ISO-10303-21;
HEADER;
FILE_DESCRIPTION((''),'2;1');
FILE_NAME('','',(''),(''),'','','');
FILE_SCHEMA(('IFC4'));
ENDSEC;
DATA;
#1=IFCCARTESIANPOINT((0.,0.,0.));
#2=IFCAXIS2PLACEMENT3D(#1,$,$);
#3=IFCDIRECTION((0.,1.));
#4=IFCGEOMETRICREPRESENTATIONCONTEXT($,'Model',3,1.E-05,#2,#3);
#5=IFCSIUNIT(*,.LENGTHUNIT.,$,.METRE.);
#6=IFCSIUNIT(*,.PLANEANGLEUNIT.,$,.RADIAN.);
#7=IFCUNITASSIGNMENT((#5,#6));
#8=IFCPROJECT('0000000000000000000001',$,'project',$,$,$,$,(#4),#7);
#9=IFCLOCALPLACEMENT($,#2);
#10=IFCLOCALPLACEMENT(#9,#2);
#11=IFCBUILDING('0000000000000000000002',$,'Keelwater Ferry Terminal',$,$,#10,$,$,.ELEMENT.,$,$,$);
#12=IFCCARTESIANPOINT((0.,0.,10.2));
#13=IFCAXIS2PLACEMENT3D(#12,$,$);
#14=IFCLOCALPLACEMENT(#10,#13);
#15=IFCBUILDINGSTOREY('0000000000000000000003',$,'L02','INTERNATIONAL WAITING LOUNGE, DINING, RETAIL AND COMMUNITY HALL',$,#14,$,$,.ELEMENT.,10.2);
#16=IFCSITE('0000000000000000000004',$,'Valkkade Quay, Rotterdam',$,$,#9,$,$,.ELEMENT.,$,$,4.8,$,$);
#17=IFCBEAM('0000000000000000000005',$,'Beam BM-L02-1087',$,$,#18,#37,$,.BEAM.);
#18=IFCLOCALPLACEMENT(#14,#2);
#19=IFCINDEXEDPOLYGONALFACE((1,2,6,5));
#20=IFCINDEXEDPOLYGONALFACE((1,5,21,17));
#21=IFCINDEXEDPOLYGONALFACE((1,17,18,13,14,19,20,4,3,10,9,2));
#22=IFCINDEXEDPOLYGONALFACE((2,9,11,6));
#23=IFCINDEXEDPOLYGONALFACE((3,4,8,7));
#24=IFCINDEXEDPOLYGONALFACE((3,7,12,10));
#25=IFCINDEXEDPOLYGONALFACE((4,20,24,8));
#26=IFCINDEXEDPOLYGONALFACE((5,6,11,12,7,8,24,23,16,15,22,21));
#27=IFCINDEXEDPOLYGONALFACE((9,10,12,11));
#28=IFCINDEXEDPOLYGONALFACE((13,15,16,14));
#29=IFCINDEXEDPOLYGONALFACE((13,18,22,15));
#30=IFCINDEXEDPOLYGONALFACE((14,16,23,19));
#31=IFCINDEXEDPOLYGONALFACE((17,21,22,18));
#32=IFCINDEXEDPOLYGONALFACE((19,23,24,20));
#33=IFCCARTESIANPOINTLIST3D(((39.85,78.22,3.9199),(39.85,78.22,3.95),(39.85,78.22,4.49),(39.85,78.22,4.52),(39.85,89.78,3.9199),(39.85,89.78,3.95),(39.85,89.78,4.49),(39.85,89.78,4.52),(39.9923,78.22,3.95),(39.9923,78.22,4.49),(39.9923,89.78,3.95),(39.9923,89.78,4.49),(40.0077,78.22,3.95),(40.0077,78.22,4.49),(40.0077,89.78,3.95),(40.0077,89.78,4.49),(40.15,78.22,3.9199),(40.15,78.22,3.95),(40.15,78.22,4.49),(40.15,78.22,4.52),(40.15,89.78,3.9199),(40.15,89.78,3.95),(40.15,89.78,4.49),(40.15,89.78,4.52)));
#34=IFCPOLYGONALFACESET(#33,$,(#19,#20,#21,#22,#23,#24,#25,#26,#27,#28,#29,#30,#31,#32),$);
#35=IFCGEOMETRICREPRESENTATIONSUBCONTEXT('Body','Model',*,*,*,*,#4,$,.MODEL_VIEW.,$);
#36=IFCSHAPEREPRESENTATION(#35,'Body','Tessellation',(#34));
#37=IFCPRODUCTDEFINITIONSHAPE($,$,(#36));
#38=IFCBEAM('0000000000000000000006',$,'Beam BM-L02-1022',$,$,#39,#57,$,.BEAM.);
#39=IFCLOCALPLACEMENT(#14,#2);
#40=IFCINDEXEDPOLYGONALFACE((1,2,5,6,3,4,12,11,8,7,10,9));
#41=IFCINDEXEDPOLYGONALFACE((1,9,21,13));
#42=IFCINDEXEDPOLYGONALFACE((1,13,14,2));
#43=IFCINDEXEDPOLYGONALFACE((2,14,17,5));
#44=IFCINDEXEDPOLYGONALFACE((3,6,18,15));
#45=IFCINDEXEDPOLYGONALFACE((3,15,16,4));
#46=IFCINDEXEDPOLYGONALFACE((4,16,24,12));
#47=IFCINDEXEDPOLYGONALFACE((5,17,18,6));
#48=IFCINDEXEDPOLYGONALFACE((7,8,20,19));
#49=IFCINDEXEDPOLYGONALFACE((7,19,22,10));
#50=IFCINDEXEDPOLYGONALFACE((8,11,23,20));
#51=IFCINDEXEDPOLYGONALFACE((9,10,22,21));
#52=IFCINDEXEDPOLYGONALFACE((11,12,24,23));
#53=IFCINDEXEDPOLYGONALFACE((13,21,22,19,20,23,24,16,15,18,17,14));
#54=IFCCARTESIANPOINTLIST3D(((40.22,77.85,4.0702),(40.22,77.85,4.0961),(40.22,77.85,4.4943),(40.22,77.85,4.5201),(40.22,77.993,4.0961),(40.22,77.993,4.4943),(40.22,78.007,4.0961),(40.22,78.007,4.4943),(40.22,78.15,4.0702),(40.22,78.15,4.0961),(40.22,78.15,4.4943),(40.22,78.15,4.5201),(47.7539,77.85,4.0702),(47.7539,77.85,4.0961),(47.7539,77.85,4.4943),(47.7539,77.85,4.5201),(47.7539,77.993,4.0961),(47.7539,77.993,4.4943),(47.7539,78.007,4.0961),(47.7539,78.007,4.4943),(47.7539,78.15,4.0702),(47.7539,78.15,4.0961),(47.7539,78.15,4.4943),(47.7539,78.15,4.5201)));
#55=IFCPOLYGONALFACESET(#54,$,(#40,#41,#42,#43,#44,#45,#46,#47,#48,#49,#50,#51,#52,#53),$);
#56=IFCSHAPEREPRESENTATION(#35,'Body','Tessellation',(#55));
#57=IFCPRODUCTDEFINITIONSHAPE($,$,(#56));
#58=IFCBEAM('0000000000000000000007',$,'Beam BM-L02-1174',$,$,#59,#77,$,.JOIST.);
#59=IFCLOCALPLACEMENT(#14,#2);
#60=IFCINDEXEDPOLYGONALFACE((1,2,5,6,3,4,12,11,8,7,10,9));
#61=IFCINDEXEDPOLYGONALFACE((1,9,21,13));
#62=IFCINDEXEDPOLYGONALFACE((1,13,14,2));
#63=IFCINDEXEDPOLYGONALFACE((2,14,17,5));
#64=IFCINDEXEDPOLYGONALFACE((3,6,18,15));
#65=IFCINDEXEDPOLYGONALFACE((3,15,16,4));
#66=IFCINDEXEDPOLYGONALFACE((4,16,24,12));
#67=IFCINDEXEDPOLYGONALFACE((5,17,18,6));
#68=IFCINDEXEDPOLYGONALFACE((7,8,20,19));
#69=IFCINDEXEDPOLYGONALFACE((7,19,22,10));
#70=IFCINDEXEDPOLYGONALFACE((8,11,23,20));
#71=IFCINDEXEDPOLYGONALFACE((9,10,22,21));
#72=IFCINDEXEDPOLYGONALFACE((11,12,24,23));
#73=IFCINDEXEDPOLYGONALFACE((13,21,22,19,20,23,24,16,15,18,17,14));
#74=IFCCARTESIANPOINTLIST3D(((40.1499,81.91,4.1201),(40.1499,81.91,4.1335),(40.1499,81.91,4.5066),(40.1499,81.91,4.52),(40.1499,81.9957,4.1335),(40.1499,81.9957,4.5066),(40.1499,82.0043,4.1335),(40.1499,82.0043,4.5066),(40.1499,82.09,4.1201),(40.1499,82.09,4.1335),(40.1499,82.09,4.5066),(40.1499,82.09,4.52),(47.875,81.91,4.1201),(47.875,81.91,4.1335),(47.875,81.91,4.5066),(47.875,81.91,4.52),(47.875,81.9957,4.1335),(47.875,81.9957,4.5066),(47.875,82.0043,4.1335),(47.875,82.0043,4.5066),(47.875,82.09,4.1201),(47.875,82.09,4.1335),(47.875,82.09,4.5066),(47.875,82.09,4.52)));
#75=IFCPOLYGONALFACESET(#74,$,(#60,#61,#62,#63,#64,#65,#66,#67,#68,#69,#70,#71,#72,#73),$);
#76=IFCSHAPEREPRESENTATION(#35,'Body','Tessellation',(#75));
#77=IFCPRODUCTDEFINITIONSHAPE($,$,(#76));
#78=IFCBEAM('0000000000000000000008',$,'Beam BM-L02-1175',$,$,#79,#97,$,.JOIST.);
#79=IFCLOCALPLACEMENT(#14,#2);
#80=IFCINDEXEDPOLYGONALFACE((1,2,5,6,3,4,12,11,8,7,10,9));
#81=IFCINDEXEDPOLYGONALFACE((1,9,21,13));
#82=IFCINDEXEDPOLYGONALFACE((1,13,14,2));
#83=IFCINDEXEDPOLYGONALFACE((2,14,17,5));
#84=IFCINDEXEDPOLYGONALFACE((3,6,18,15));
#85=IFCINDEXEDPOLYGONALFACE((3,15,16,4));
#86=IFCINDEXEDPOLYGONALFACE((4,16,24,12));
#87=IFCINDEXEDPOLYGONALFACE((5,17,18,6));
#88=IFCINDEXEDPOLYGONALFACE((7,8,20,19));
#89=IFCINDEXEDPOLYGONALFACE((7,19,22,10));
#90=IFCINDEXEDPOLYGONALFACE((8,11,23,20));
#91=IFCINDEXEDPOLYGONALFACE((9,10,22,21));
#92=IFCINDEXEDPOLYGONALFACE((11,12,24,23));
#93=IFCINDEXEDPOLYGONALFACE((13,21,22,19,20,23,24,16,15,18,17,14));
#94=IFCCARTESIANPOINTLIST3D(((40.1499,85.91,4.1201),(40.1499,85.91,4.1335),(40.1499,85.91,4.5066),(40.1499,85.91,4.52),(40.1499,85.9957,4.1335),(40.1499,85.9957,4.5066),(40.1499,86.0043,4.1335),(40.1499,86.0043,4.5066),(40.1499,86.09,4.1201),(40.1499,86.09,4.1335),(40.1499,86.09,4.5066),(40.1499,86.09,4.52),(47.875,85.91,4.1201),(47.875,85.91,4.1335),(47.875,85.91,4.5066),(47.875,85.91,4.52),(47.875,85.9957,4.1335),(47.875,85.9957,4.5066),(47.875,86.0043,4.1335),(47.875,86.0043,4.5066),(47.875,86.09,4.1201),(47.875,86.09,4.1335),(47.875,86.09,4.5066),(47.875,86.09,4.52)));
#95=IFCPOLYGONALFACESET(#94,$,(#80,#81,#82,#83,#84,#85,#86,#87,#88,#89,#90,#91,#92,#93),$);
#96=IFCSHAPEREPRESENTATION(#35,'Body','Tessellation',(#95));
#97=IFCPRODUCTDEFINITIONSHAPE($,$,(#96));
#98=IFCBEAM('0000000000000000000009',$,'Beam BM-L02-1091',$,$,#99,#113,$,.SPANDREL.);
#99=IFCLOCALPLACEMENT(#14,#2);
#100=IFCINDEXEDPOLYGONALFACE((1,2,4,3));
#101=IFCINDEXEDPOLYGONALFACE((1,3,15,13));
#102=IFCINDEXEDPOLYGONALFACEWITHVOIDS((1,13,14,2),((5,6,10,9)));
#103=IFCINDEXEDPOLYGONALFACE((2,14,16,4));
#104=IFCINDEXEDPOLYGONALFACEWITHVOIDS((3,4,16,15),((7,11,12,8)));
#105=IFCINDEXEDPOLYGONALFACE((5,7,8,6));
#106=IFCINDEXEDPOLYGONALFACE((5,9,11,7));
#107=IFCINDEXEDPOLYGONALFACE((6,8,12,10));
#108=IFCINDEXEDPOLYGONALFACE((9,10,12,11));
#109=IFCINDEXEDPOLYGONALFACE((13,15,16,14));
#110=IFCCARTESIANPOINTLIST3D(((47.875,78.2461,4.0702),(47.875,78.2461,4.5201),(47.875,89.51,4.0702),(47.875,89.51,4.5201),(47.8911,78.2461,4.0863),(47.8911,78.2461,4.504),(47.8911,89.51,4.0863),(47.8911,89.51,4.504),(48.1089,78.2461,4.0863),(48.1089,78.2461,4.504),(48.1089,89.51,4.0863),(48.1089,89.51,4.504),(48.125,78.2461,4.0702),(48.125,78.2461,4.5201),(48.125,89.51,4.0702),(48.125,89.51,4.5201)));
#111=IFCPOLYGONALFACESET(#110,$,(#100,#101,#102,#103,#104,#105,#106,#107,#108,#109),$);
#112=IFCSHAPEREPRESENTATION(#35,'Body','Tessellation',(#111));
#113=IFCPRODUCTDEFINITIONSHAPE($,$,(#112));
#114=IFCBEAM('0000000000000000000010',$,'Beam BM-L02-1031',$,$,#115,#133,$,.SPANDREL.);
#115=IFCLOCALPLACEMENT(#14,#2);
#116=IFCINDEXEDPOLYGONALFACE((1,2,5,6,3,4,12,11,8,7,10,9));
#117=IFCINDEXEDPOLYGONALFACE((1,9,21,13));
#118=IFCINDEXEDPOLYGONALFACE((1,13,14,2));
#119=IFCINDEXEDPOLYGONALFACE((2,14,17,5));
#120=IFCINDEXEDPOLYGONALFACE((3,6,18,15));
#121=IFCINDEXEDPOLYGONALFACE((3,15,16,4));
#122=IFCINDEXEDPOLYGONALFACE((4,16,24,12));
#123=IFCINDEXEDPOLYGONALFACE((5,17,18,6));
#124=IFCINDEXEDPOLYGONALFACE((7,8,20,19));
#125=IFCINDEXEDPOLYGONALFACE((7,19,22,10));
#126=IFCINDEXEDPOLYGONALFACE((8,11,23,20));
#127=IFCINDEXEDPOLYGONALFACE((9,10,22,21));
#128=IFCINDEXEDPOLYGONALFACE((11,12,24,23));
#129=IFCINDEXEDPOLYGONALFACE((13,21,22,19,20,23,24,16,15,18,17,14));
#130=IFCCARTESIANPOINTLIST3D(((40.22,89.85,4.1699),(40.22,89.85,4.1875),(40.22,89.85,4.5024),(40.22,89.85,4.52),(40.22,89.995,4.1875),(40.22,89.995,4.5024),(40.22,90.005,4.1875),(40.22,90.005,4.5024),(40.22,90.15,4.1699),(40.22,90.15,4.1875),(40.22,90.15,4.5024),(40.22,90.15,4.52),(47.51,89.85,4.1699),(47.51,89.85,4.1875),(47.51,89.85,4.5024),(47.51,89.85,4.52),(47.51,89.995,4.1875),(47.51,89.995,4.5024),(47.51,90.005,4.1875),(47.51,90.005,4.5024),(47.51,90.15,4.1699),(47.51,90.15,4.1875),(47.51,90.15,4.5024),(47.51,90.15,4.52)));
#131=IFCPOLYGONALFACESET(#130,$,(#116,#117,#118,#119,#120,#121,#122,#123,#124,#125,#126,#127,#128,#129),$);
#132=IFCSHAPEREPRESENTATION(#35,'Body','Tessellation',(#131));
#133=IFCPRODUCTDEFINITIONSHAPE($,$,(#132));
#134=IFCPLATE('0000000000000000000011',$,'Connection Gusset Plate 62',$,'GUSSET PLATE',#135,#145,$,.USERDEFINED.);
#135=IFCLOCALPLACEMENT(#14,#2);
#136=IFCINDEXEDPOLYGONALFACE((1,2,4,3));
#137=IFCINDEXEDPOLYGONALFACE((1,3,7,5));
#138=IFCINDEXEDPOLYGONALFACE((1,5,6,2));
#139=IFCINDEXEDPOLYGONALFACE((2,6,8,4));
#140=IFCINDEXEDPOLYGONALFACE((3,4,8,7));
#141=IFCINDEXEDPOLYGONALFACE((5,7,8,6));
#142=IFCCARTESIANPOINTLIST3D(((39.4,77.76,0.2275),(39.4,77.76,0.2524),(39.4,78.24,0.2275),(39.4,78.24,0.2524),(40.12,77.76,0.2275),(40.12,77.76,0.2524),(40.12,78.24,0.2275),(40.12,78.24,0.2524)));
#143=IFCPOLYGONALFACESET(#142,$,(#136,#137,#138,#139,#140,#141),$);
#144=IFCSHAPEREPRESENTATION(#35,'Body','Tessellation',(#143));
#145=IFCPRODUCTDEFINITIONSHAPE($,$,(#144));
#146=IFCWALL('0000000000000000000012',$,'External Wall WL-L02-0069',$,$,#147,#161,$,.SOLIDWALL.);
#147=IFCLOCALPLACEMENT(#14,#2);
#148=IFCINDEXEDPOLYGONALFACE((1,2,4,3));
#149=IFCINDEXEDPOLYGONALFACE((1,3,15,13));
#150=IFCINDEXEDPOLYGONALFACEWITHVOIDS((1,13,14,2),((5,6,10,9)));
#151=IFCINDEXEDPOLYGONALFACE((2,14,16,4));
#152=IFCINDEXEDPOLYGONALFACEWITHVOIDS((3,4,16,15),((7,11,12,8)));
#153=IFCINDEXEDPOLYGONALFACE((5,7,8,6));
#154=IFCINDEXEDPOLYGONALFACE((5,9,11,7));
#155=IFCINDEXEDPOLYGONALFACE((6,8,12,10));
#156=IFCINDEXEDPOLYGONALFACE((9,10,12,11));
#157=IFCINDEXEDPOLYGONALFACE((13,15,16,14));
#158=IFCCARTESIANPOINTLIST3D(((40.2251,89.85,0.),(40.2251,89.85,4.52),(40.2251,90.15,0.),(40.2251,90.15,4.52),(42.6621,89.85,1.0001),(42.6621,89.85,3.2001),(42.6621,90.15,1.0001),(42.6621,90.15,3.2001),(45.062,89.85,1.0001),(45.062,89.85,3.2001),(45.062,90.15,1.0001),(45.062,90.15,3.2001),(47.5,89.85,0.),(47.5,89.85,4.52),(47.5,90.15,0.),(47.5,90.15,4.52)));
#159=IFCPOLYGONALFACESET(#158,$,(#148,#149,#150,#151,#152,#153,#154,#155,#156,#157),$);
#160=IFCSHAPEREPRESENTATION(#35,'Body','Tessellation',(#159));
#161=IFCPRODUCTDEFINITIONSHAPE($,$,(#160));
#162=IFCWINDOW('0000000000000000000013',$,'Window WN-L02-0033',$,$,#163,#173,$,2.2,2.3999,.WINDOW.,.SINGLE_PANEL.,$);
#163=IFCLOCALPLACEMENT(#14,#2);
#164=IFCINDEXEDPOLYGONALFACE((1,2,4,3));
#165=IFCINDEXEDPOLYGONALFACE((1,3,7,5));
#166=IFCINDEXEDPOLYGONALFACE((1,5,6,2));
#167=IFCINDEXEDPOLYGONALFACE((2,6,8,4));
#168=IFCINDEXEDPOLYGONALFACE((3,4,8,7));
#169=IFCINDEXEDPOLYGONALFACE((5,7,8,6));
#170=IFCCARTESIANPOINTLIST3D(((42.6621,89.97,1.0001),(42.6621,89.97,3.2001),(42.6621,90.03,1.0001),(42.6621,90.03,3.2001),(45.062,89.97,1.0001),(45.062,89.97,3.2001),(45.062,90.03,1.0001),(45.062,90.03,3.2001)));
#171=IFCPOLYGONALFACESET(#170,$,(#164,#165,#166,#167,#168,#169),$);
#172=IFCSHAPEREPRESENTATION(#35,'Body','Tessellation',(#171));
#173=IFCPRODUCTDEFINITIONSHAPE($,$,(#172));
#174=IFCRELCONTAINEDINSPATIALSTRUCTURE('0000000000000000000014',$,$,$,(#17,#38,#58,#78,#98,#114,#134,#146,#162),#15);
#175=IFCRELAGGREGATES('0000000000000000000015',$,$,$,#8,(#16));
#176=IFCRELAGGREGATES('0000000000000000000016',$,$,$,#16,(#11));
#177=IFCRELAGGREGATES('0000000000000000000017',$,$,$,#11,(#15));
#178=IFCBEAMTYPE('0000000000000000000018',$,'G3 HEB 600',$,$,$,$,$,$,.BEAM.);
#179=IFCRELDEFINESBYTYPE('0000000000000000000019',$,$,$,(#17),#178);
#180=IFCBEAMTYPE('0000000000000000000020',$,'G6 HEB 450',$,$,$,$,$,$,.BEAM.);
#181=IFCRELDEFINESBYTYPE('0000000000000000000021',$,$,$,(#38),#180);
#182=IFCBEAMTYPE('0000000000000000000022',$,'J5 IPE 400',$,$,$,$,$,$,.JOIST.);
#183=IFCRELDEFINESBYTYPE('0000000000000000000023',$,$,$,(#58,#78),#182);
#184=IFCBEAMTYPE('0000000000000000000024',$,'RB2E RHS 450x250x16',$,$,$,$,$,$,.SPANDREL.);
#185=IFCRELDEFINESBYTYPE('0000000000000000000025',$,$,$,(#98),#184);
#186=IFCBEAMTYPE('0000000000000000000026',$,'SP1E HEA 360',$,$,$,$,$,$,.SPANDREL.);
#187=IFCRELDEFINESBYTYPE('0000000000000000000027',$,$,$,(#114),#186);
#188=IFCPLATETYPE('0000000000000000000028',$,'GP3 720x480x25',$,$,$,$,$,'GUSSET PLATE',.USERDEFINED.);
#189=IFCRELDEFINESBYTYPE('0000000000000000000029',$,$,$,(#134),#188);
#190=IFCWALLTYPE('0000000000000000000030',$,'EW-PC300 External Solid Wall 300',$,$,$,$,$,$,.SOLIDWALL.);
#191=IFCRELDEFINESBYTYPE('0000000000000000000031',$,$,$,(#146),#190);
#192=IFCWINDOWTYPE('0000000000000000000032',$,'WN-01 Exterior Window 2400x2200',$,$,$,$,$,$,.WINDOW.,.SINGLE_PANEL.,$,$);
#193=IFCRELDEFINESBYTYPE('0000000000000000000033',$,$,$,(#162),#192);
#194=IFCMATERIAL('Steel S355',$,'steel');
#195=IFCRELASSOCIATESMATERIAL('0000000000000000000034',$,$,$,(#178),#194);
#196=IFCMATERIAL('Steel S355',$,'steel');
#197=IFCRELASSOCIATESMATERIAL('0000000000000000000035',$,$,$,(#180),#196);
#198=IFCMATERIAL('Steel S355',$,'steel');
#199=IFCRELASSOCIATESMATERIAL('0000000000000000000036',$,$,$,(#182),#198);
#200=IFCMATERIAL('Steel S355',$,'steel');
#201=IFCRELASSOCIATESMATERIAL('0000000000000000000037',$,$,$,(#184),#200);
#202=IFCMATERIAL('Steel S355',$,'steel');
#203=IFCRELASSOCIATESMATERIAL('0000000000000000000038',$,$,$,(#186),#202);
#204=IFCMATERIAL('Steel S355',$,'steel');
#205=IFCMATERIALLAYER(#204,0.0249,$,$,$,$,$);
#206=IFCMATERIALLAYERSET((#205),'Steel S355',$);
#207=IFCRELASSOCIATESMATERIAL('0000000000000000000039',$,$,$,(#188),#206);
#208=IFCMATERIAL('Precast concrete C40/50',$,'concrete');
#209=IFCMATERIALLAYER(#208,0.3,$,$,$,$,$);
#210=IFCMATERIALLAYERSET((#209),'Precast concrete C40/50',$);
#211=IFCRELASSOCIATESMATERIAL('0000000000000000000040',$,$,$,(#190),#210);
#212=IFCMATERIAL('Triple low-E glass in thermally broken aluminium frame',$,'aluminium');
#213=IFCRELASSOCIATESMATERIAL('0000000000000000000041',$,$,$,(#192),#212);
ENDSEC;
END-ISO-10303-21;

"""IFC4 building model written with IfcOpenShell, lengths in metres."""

from ifc_helpers import new_model, si_unit, direction, frame, frame_2d, origin, origin_2d, place, context, subcontext, project, spatial, rectangle, hollow_rectangle, i_section, extrude, material, layer, layer_set, material_profile, profile_set, type_object, element, fill, save


model = new_model("IFC4")

# Units and contexts
model_context = context("Model", 3, precision=1e-05, world=origin(), true_north=direction((0.0, 1.0)))
body_context = subcontext(model_context, "Body", "Model", "MODEL_VIEW")
ifc_project = project(units=[si_unit("LENGTHUNIT", "METRE"), si_unit("PLANEANGLEUNIT", "RADIAN")], contexts=[model_context])

# Site, building, storey
site_placement = place(None, origin())
site = spatial("IfcSite", under=ifc_project, at=site_placement, Name="Valkkade Quay, Rotterdam", CompositionType="ELEMENT", RefElevation=4.8)
building_placement = place(site_placement, origin())
building = spatial("IfcBuilding", under=site, at=building_placement, Name="Keelwater Ferry Terminal", CompositionType="ELEMENT")
storey_placement = place(building_placement, frame((0.0, 0.0, 10.2)))
storey = spatial("IfcBuildingStorey", under=building, at=storey_placement, Name="L02", Description="INTERNATIONAL WAITING LOUNGE, DINING, RETAIL AND COMMUNITY HALL", CompositionType="ELEMENT", Elevation=10.2)

# Beams
ifc_material_1 = material(Name="Steel S355", Category="steel")
ifc_material_profile_1 = material_profile(ifc_material_1, i_section(OverallWidth=0.3, OverallDepth=0.6001, WebThickness=0.0154, FlangeThickness=0.03, at=origin_2d()), Name="HEB 600")
ifc_profile_set_1 = profile_set([ifc_material_profile_1], Name="Steel S355")
beam_type_1 = type_object("IfcBeamType", Name="G3 HEB 600", PredefinedType="BEAM", material=ifc_profile_set_1)
beam_1_placement = place(storey_placement, frame((40.0, 78.22, 4.22), z_axis=(0.0, 1.0, 0.0), x_axis=(-1.0, 0.0, 0.0)))
element("IfcBeam", 1, at=beam_1_placement, inside=storey, type_object=beam_type_1, Name="Beam BM-L02-1087", PredefinedType="BEAM", context=body_context, shape_type="SweptSolid", body=[
    extrude(i_section(OverallWidth=0.3, OverallDepth=0.6001, WebThickness=0.0154, FlangeThickness=0.03, at=origin_2d()), origin(), (0.0, 0.0, 1.0), 11.5601),
])
ifc_material_2 = material(Name="Steel S355", Category="steel")
ifc_material_profile_2 = material_profile(ifc_material_2, i_section(OverallWidth=0.3, OverallDepth=0.45, WebThickness=0.0139, FlangeThickness=0.0259, at=origin_2d()), Name="HEB 450")
ifc_profile_set_2 = profile_set([ifc_material_profile_2], Name="Steel S355")
beam_type_2 = type_object("IfcBeamType", Name="G6 HEB 450", PredefinedType="BEAM", material=ifc_profile_set_2)
beam_2_placement = place(storey_placement, frame((40.22, 78.0, 4.2952), z_axis=(1.0, 0.0, 0.0), x_axis=(0.0, 1.0, 0.0)))
element("IfcBeam", 2, at=beam_2_placement, inside=storey, type_object=beam_type_2, Name="Beam BM-L02-1022", PredefinedType="BEAM", context=body_context, shape_type="SweptSolid", body=[
    extrude(i_section(OverallWidth=0.3, OverallDepth=0.45, WebThickness=0.0139, FlangeThickness=0.0259, at=origin_2d()), origin(), (0.0, 0.0, 1.0), 7.5339),
])
ifc_material_3 = material(Name="Steel S355", Category="steel")
ifc_material_profile_3 = material_profile(ifc_material_3, i_section(OverallWidth=0.1799, OverallDepth=0.3999, WebThickness=0.0085, FlangeThickness=0.0134, at=origin_2d()), Name="IPE 400")
ifc_profile_set_3 = profile_set([ifc_material_profile_3], Name="Steel S355")
beam_type_3 = type_object("IfcBeamType", Name="J5 IPE 400", PredefinedType="JOIST", material=ifc_profile_set_3)
for number, where, z_axis, x_axis, name in (
    (3, (40.1499, 82.0, 4.3201), (1.0, 0.0, 0.0), (0.0, 1.0, 0.0), "Beam BM-L02-1174"),
    (4, (40.1499, 86.0, 4.3201), (1.0, 0.0, 0.0), (0.0, 1.0, 0.0), "Beam BM-L02-1175"),
):
    element("IfcBeam", number, at=place(storey_placement, frame(where, z_axis=z_axis, x_axis=x_axis)), inside=storey, type_object=beam_type_3, Name=name, PredefinedType="JOIST", context=body_context, shape_type="SweptSolid", body=[
        extrude(i_section(OverallWidth=0.1799, OverallDepth=0.3999, WebThickness=0.0085, FlangeThickness=0.0134, at=origin_2d()), origin(), (0.0, 0.0, 1.0), 7.7251),
    ])
ifc_material_4 = material(Name="Steel S355", Category="steel")
ifc_material_profile_4 = material_profile(ifc_material_4, hollow_rectangle(XDim=0.25, YDim=0.45, WallThickness=0.0161, at=origin_2d()), Name="RHS 450x250x16")
ifc_profile_set_4 = profile_set([ifc_material_profile_4], Name="Steel S355")
beam_type_4 = type_object("IfcBeamType", Name="RB2E RHS 450x250x16", PredefinedType="SPANDREL", material=ifc_profile_set_4)
beam_3_placement = place(storey_placement, frame((48.0, 78.2461, 4.2952), z_axis=(0.0, 1.0, 0.0), x_axis=(-1.0, 0.0, 0.0)))
element("IfcBeam", 5, at=beam_3_placement, inside=storey, type_object=beam_type_4, Name="Beam BM-L02-1091", PredefinedType="SPANDREL", context=body_context, shape_type="SweptSolid", body=[
    extrude(hollow_rectangle(XDim=0.25, YDim=0.45, WallThickness=0.0161, at=origin_2d()), origin(), (0.0, 0.0, 1.0), 11.2639),
])
ifc_material_5 = material(Name="Steel S355", Category="steel")
ifc_material_profile_5 = material_profile(ifc_material_5, i_section(OverallWidth=0.3, OverallDepth=0.3501, WebThickness=0.01, FlangeThickness=0.0176, at=origin_2d()), Name="HEA 360")
ifc_profile_set_5 = profile_set([ifc_material_profile_5], Name="Steel S355")
beam_type_5 = type_object("IfcBeamType", Name="SP1E HEA 360", PredefinedType="SPANDREL", material=ifc_profile_set_5)
beam_4_placement = place(storey_placement, frame((40.22, 90.0, 4.345), z_axis=(1.0, 0.0, 0.0), x_axis=(0.0, 1.0, 0.0)))
element("IfcBeam", 6, at=beam_4_placement, inside=storey, type_object=beam_type_5, Name="Beam BM-L02-1031", PredefinedType="SPANDREL", context=body_context, shape_type="SweptSolid", body=[
    extrude(i_section(OverallWidth=0.3, OverallDepth=0.3501, WebThickness=0.01, FlangeThickness=0.0176, at=origin_2d()), origin(), (0.0, 0.0, 1.0), 7.29),
])

# Plate
ifc_material_6 = material(Name="Steel S355", Category="steel")
ifc_layer_1 = layer(ifc_material_6, 0.0249)
ifc_layer_set_1 = layer_set([ifc_layer_1], Name="Steel S355")
plate_type = type_object("IfcPlateType", Name="GP3 720x480x25", ElementType="GUSSET PLATE", PredefinedType="USERDEFINED", material=ifc_layer_set_1)
plate_placement = place(storey_placement, frame((39.76, 78.0, 0.2275), z_axis=(0.0, 0.0, 1.0), x_axis=(1.0, 0.0, 0.0)))
element("IfcPlate", 7, at=plate_placement, inside=storey, type_object=plate_type, Name="Connection Gusset Plate 62", ObjectType="GUSSET PLATE", PredefinedType="USERDEFINED", context=body_context, shape_type="SweptSolid", body=[
    extrude(rectangle(XDim=0.72, YDim=0.48, at=origin_2d()), origin(), (0.0, 0.0, 1.0), 0.0249),
])

# Wall, opening, window
ifc_material_7 = material(Name="Precast concrete C40/50", Category="concrete")
ifc_layer_2 = layer(ifc_material_7, 0.3)
ifc_layer_set_2 = layer_set([ifc_layer_2], Name="Precast concrete C40/50")
wall_type_1 = type_object("IfcWallType", Name="EW-PC300 External Solid Wall 300", PredefinedType="SOLIDWALL", material=ifc_layer_set_2)
wall_1_placement = place(storey_placement, frame((40.2251, 90.0, 0.0), z_axis=(0.0, 0.0, 1.0), x_axis=(1.0, 0.0, 0.0)))
wall_1 = element("IfcWall", 8, at=wall_1_placement, inside=storey, type_object=wall_type_1, Name="External Wall WL-L02-0069", PredefinedType="SOLIDWALL", context=body_context, shape_type="SweptSolid", body=[
    extrude(rectangle(XDim=7.2749, YDim=0.3, at=frame_2d((3.6375, 0.0))), origin(), (0.0, 0.0, 1.0), 4.52),
])
opening_1_placement = place(wall_1_placement, frame((2.437, 0.0, 1.0)))
opening_1 = element("IfcOpeningElement", 9, at=opening_1_placement, cuts=wall_1, PredefinedType="OPENING", context=body_context, shape_type="SweptSolid", body=[
    extrude(rectangle(XDim=2.3999, YDim=2.2, at=frame_2d((1.2, 1.1001))), frame((0.0, 0.1599, 0.0), z_axis=(0.0, -1.0, 0.0), x_axis=(1.0, 0.0, 0.0)), (0.0, 0.0, 1.0), 0.3201),
])
ifc_material_8 = material(Name="Triple low-E glass in thermally broken aluminium frame", Category="aluminium")
window_type = type_object("IfcWindowType", Name="WN-01 Exterior Window 2400x2200", PartitioningType="SINGLE_PANEL", PredefinedType="WINDOW", material=ifc_material_8)
window_placement = place(opening_1_placement, origin())
window = element("IfcWindow", 10, at=window_placement, inside=storey, type_object=window_type, Name="Window WN-L02-0033", OverallHeight=2.2, OverallWidth=2.3999, PartitioningType="SINGLE_PANEL", PredefinedType="WINDOW", context=body_context, shape_type="SweptSolid", body=[
    extrude(rectangle(XDim=2.3999, YDim=2.2, at=frame_2d((1.2, 1.1001))), frame((0.0, 0.03, 0.0), z_axis=(0.0, -1.0, 0.0), x_axis=(1.0, 0.0, 0.0)), (0.0, 0.0, 1.0), 0.0601),
])
fill(opening_1, window)

save(model, "model.ifc")
